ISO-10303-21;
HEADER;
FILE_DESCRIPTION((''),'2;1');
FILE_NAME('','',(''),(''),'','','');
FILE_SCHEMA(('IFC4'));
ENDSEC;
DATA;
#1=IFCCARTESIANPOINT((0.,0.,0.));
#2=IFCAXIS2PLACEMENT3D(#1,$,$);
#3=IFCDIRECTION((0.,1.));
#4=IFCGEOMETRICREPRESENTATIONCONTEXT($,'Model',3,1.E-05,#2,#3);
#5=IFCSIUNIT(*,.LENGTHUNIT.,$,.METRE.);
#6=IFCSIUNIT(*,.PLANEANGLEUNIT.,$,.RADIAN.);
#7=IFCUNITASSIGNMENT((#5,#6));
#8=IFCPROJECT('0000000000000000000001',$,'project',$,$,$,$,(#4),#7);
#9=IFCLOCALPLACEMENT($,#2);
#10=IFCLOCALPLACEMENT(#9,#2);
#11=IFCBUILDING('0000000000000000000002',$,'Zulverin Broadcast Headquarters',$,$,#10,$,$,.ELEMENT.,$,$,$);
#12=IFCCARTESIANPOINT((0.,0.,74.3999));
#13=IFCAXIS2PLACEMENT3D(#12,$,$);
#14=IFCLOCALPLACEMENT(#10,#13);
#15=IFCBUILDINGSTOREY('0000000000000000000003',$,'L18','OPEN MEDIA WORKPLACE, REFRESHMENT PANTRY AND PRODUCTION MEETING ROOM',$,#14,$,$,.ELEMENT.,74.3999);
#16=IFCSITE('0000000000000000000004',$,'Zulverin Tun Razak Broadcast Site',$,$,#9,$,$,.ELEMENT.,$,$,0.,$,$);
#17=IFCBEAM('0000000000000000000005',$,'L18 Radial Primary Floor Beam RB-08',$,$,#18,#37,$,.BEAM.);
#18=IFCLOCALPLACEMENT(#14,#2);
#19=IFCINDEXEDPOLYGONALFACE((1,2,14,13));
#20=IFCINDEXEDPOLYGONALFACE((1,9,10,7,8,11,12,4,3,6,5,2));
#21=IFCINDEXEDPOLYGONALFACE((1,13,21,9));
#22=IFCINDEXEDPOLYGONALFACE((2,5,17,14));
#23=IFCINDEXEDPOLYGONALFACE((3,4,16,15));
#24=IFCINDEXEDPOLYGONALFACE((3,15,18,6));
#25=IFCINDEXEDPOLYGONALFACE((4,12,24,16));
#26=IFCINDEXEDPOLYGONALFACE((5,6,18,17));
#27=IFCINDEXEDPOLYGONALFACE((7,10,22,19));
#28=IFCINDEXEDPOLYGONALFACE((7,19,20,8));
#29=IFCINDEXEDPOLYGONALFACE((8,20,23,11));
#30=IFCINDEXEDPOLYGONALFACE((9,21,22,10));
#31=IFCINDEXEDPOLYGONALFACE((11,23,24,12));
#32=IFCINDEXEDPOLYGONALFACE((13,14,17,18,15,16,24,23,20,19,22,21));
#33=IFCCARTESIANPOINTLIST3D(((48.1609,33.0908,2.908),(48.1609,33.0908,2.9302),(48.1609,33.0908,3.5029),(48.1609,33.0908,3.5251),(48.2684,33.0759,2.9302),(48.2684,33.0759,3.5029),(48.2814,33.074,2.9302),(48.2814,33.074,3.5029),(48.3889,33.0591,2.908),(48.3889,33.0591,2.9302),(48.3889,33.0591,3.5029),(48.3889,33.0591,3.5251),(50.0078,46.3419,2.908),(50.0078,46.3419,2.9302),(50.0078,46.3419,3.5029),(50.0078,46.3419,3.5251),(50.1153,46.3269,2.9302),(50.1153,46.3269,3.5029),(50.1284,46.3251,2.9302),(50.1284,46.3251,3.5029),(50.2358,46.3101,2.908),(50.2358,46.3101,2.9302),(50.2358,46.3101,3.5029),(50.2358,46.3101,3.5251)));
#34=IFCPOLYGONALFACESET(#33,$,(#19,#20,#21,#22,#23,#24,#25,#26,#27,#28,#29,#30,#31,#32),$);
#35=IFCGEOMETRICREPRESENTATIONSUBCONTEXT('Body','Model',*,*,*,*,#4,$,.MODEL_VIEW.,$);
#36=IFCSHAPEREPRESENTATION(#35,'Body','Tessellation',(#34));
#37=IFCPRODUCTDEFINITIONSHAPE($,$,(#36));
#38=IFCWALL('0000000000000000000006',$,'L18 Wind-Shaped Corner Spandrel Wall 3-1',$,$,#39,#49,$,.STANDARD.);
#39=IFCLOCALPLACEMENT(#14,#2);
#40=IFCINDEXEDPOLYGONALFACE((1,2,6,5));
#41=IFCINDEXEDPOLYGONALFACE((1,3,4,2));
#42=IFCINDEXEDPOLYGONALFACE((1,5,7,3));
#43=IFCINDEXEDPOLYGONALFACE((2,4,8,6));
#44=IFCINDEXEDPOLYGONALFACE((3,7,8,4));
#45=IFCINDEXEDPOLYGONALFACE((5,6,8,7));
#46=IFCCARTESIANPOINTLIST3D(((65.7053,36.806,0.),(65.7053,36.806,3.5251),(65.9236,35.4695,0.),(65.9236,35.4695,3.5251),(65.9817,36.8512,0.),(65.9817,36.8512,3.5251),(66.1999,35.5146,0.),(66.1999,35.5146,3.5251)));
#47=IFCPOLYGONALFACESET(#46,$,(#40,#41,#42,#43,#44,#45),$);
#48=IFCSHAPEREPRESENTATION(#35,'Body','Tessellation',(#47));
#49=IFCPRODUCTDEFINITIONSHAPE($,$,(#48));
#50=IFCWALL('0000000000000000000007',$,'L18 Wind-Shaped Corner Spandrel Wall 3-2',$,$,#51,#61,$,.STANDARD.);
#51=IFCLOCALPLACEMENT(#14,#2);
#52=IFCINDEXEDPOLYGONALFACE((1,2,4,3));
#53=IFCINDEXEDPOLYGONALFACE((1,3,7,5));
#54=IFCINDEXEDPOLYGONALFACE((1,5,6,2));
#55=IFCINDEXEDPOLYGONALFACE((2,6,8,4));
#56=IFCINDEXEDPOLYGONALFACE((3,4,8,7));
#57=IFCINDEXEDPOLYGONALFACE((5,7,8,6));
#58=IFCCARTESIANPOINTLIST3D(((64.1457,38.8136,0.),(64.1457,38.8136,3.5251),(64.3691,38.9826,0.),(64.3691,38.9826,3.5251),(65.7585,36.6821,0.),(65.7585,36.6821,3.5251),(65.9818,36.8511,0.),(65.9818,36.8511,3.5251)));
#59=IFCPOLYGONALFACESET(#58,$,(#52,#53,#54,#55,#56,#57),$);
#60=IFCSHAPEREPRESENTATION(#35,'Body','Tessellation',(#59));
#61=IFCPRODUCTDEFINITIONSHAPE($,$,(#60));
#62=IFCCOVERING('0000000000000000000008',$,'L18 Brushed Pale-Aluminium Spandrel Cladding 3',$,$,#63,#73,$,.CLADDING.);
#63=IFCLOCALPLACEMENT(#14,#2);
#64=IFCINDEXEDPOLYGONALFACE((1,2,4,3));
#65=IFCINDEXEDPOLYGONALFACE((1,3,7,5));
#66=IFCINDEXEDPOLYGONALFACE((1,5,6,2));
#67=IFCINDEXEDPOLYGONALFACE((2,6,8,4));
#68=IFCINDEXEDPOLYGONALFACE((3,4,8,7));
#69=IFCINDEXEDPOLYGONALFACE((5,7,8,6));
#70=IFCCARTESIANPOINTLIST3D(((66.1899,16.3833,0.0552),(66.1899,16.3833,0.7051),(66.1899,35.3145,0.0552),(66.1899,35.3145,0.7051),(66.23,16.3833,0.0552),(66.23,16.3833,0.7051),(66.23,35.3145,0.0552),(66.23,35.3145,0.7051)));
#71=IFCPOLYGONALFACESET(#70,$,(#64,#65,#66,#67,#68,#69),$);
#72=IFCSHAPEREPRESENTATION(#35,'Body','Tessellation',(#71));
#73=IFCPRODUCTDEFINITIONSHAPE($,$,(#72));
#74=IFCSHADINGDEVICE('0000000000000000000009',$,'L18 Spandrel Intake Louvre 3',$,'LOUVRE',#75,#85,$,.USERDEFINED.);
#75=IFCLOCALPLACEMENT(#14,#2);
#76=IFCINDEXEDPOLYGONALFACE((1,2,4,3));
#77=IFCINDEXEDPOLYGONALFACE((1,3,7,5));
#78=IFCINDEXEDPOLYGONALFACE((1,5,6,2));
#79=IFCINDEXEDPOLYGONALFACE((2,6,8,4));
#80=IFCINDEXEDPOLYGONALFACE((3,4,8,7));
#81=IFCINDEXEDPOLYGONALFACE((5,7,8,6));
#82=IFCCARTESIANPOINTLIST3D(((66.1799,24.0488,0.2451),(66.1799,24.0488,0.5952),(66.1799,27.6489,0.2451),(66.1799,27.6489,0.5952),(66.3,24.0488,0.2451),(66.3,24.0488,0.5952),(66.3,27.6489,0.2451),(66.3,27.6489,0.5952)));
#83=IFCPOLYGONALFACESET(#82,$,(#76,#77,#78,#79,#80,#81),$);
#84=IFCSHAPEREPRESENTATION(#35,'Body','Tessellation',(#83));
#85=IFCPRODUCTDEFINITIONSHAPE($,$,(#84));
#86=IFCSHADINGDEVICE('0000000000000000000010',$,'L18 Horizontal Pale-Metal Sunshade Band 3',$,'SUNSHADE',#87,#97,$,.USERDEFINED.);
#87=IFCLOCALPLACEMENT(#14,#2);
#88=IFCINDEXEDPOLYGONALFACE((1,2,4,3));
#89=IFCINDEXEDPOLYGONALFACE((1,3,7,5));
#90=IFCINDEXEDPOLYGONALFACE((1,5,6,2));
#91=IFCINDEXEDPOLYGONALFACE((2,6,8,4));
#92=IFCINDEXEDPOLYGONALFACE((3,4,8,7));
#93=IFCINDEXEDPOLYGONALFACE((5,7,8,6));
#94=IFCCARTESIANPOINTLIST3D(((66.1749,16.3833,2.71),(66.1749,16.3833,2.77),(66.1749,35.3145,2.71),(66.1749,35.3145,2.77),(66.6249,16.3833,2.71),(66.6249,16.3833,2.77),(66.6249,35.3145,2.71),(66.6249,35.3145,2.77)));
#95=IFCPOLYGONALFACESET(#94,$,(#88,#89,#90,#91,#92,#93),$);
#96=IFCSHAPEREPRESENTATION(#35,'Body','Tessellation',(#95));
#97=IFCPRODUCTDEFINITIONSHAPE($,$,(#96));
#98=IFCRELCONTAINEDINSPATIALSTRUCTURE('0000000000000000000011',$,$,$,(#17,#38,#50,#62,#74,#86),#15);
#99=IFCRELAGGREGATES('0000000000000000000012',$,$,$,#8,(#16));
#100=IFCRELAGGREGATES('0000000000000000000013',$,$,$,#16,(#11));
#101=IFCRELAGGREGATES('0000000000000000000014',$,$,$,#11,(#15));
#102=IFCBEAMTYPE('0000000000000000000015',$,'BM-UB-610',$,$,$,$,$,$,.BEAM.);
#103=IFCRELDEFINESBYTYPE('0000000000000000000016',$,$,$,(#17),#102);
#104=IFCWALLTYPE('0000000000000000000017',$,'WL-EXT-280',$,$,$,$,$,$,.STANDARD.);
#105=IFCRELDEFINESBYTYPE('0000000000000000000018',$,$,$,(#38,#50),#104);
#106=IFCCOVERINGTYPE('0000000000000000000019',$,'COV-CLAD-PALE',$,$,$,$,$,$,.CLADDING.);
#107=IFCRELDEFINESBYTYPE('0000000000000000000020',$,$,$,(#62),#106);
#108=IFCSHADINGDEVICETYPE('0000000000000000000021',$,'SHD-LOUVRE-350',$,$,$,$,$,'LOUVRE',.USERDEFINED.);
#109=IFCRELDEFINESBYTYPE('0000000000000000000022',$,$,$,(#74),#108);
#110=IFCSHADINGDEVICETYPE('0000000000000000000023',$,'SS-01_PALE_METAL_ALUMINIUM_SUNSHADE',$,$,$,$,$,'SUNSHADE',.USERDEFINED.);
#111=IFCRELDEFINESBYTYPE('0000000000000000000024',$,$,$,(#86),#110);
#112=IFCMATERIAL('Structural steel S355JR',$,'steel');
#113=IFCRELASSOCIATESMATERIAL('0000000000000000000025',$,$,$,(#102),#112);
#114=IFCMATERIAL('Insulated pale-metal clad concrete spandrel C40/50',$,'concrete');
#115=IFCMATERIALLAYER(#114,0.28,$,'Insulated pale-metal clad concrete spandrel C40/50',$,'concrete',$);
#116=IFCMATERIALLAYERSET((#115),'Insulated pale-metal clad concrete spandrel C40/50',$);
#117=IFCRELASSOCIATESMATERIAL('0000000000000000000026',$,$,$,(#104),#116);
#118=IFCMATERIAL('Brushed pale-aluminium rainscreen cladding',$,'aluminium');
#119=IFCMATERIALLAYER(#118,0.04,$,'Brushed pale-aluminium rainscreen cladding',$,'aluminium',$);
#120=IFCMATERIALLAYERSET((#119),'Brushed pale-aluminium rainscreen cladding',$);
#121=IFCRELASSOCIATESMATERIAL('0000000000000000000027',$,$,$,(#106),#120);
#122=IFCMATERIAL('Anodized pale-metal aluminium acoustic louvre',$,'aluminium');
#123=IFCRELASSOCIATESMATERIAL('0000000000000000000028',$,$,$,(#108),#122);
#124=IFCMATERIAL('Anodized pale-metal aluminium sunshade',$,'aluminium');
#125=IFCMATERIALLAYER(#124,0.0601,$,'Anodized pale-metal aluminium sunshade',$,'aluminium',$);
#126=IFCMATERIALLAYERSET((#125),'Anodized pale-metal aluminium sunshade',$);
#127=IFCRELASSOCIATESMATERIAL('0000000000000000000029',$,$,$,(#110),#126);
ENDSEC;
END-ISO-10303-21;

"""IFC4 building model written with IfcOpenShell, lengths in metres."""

from ifc_helpers import new_model, si_unit, direction, frame, frame_2d, origin, origin_2d, place, context, subcontext, project, spatial, rectangle, i_section, extrude, material, layer, layer_set, material_profile, profile_set, type_object, element, save


model = new_model("IFC4")

# Units and contexts
model_context = context("Model", 3, precision=1e-05, world=origin(), true_north=direction((0.0, 1.0)))
body_context = subcontext(model_context, "Body", "Model", "MODEL_VIEW")
ifc_project = project(units=[si_unit("LENGTHUNIT", "METRE"), si_unit("PLANEANGLEUNIT", "RADIAN")], contexts=[model_context])

# Site, building, storey
site_placement = place(None, origin())
site = spatial("IfcSite", under=ifc_project, at=site_placement, Name="Zulverin Tun Razak Broadcast Site", CompositionType="ELEMENT", RefElevation=0.0)
building_placement = place(site_placement, origin())
building = spatial("IfcBuilding", under=site, at=building_placement, Name="Zulverin Broadcast Headquarters", CompositionType="ELEMENT")
storey_placement = place(building_placement, frame((0.0, 0.0, 74.3999)))
storey = spatial("IfcBuildingStorey", under=building, at=storey_placement, Name="L18", Description="OPEN MEDIA WORKPLACE, REFRESHMENT PANTRY AND PRODUCTION MEETING ROOM", CompositionType="ELEMENT", Elevation=74.3999)

# Beam
ifc_material_1 = material(Name="Structural steel S355JR", Category="steel")
ifc_material_profile_1 = material_profile(ifc_material_1, i_section(OverallWidth=0.2302, OverallDepth=0.6172, WebThickness=0.0132, FlangeThickness=0.0222, at=origin_2d()), Name="Structural steel S355JR", Category="steel")
ifc_profile_set_1 = profile_set([ifc_material_profile_1], Name="Structural steel S355JR")
beam_type_1 = type_object("IfcBeamType", Name="BM-UB-610", PredefinedType="BEAM", material=ifc_profile_set_1)
beam_1_placement = place(storey_placement, frame((48.2749, 33.075, 3.2166), z_axis=(0.138046, 0.990426, 0.0), x_axis=(-0.990426, 0.138046, 0.0)))
element("IfcBeam", 1, at=beam_1_placement, inside=storey, type_object=beam_type_1, Name="L18 Radial Primary Floor Beam RB-08", PredefinedType="BEAM", context=body_context, shape_type="SweptSolid", body=[
    extrude(i_section(OverallWidth=0.2302, OverallDepth=0.6172, WebThickness=0.0132, FlangeThickness=0.0222, at=origin_2d()), origin(), (0.0, 0.0, 1.0), 13.3792),
])

# Walls
ifc_material_2 = material(Name="Insulated pale-metal clad concrete spandrel C40/50", Category="concrete")
ifc_layer_1 = layer(ifc_material_2, 0.28, Name="Insulated pale-metal clad concrete spandrel C40/50", Category="concrete")
ifc_layer_set_1 = layer_set([ifc_layer_1], Name="Insulated pale-metal clad concrete spandrel C40/50")
wall_type = type_object("IfcWallType", Name="WL-EXT-280", PredefinedType="STANDARD", material=ifc_layer_set_1)
wall_1_placement = place(storey_placement, frame((66.0618, 35.4919, 0.0), z_axis=(0.0, 0.0, 1.0), x_axis=(-0.161182, 0.986925, 0.0)))
element("IfcWall", 2, at=wall_1_placement, inside=storey, type_object=wall_type, Name="L18 Wind-Shaped Corner Spandrel Wall 3-1", PredefinedType="STANDARD", context=body_context, shape_type="SweptSolid", body=[
    extrude(rectangle(XDim=1.3542, YDim=0.28, at=frame_2d((0.6772, 0.0))), origin(), (0.0, 0.0, 1.0), 3.5251),
])
wall_2_placement = place(storey_placement, frame((65.8701, 36.7666, 0.0), z_axis=(0.0, 0.0, 1.0), x_axis=(-0.60337, 0.797461, 0.0)))
element("IfcWall", 3, at=wall_2_placement, inside=storey, type_object=wall_type, Name="L18 Wind-Shaped Corner Spandrel Wall 3-2", PredefinedType="STANDARD", context=body_context, shape_type="SweptSolid", body=[
    extrude(rectangle(XDim=2.6729, YDim=0.28, at=frame_2d((1.3364, 0.0))), origin(), (0.0, 0.0, 1.0), 3.5251),
])

# Covering
ifc_material_3 = material(Name="Brushed pale-aluminium rainscreen cladding", Category="aluminium")
ifc_layer_2 = layer(ifc_material_3, 0.04, Name="Brushed pale-aluminium rainscreen cladding", Category="aluminium")
ifc_layer_set_2 = layer_set([ifc_layer_2], Name="Brushed pale-aluminium rainscreen cladding")
covering_type = type_object("IfcCoveringType", Name="COV-CLAD-PALE", PredefinedType="CLADDING", material=ifc_layer_set_2)
covering_placement = place(storey_placement, frame((66.21, 25.8489, 0.0552), z_axis=(0.0, 0.0, 1.0), x_axis=(0.0, 1.0, 0.0)))
element("IfcCovering", 4, at=covering_placement, inside=storey, type_object=covering_type, Name="L18 Brushed Pale-Aluminium Spandrel Cladding 3", PredefinedType="CLADDING", context=body_context, shape_type="SweptSolid", body=[
    extrude(rectangle(XDim=18.9312, YDim=0.04, at=origin_2d()), origin(), (0.0, 0.0, 1.0), 0.6499),
])

# Shading devices
ifc_material_4 = material(Name="Anodized pale-metal aluminium acoustic louvre", Category="aluminium")
shading_device_type_1 = type_object("IfcShadingDeviceType", Name="SHD-LOUVRE-350", ElementType="LOUVRE", PredefinedType="USERDEFINED", material=ifc_material_4)
shading_device_1_placement = place(storey_placement, frame((66.24, 25.8489, 0.2451), z_axis=(0.0, 0.0, 1.0), x_axis=(0.0, 1.0, 0.0)))
element("IfcShadingDevice", 5, at=shading_device_1_placement, inside=storey, type_object=shading_device_type_1, Name="L18 Spandrel Intake Louvre 3", ObjectType="LOUVRE", PredefinedType="USERDEFINED", context=body_context, shape_type="SweptSolid", body=[
    extrude(rectangle(XDim=3.6001, YDim=0.1201, at=origin_2d()), origin(), (0.0, 0.0, 1.0), 0.3501),
])
ifc_material_5 = material(Name="Anodized pale-metal aluminium sunshade", Category="aluminium")
ifc_layer_3 = layer(ifc_material_5, 0.0601, Name="Anodized pale-metal aluminium sunshade", Category="aluminium")
ifc_layer_set_3 = layer_set([ifc_layer_3], Name="Anodized pale-metal aluminium sunshade")
shading_device_type_2 = type_object("IfcShadingDeviceType", Name="SS-01_PALE_METAL_ALUMINIUM_SUNSHADE", ElementType="SUNSHADE", PredefinedType="USERDEFINED", material=ifc_layer_set_3)
shading_device_2_placement = place(storey_placement, frame((66.3999, 25.8489, 2.71), z_axis=(0.0, 0.0, 1.0), x_axis=(0.0, 1.0, 0.0)))
element("IfcShadingDevice", 6, at=shading_device_2_placement, inside=storey, type_object=shading_device_type_2, Name="L18 Horizontal Pale-Metal Sunshade Band 3", ObjectType="SUNSHADE", PredefinedType="USERDEFINED", context=body_context, shape_type="SweptSolid", body=[
    extrude(rectangle(XDim=18.9312, YDim=0.45, at=origin_2d()), origin(), (0.0, 0.0, 1.0), 0.0601),
])

save(model, "model.ifc")
